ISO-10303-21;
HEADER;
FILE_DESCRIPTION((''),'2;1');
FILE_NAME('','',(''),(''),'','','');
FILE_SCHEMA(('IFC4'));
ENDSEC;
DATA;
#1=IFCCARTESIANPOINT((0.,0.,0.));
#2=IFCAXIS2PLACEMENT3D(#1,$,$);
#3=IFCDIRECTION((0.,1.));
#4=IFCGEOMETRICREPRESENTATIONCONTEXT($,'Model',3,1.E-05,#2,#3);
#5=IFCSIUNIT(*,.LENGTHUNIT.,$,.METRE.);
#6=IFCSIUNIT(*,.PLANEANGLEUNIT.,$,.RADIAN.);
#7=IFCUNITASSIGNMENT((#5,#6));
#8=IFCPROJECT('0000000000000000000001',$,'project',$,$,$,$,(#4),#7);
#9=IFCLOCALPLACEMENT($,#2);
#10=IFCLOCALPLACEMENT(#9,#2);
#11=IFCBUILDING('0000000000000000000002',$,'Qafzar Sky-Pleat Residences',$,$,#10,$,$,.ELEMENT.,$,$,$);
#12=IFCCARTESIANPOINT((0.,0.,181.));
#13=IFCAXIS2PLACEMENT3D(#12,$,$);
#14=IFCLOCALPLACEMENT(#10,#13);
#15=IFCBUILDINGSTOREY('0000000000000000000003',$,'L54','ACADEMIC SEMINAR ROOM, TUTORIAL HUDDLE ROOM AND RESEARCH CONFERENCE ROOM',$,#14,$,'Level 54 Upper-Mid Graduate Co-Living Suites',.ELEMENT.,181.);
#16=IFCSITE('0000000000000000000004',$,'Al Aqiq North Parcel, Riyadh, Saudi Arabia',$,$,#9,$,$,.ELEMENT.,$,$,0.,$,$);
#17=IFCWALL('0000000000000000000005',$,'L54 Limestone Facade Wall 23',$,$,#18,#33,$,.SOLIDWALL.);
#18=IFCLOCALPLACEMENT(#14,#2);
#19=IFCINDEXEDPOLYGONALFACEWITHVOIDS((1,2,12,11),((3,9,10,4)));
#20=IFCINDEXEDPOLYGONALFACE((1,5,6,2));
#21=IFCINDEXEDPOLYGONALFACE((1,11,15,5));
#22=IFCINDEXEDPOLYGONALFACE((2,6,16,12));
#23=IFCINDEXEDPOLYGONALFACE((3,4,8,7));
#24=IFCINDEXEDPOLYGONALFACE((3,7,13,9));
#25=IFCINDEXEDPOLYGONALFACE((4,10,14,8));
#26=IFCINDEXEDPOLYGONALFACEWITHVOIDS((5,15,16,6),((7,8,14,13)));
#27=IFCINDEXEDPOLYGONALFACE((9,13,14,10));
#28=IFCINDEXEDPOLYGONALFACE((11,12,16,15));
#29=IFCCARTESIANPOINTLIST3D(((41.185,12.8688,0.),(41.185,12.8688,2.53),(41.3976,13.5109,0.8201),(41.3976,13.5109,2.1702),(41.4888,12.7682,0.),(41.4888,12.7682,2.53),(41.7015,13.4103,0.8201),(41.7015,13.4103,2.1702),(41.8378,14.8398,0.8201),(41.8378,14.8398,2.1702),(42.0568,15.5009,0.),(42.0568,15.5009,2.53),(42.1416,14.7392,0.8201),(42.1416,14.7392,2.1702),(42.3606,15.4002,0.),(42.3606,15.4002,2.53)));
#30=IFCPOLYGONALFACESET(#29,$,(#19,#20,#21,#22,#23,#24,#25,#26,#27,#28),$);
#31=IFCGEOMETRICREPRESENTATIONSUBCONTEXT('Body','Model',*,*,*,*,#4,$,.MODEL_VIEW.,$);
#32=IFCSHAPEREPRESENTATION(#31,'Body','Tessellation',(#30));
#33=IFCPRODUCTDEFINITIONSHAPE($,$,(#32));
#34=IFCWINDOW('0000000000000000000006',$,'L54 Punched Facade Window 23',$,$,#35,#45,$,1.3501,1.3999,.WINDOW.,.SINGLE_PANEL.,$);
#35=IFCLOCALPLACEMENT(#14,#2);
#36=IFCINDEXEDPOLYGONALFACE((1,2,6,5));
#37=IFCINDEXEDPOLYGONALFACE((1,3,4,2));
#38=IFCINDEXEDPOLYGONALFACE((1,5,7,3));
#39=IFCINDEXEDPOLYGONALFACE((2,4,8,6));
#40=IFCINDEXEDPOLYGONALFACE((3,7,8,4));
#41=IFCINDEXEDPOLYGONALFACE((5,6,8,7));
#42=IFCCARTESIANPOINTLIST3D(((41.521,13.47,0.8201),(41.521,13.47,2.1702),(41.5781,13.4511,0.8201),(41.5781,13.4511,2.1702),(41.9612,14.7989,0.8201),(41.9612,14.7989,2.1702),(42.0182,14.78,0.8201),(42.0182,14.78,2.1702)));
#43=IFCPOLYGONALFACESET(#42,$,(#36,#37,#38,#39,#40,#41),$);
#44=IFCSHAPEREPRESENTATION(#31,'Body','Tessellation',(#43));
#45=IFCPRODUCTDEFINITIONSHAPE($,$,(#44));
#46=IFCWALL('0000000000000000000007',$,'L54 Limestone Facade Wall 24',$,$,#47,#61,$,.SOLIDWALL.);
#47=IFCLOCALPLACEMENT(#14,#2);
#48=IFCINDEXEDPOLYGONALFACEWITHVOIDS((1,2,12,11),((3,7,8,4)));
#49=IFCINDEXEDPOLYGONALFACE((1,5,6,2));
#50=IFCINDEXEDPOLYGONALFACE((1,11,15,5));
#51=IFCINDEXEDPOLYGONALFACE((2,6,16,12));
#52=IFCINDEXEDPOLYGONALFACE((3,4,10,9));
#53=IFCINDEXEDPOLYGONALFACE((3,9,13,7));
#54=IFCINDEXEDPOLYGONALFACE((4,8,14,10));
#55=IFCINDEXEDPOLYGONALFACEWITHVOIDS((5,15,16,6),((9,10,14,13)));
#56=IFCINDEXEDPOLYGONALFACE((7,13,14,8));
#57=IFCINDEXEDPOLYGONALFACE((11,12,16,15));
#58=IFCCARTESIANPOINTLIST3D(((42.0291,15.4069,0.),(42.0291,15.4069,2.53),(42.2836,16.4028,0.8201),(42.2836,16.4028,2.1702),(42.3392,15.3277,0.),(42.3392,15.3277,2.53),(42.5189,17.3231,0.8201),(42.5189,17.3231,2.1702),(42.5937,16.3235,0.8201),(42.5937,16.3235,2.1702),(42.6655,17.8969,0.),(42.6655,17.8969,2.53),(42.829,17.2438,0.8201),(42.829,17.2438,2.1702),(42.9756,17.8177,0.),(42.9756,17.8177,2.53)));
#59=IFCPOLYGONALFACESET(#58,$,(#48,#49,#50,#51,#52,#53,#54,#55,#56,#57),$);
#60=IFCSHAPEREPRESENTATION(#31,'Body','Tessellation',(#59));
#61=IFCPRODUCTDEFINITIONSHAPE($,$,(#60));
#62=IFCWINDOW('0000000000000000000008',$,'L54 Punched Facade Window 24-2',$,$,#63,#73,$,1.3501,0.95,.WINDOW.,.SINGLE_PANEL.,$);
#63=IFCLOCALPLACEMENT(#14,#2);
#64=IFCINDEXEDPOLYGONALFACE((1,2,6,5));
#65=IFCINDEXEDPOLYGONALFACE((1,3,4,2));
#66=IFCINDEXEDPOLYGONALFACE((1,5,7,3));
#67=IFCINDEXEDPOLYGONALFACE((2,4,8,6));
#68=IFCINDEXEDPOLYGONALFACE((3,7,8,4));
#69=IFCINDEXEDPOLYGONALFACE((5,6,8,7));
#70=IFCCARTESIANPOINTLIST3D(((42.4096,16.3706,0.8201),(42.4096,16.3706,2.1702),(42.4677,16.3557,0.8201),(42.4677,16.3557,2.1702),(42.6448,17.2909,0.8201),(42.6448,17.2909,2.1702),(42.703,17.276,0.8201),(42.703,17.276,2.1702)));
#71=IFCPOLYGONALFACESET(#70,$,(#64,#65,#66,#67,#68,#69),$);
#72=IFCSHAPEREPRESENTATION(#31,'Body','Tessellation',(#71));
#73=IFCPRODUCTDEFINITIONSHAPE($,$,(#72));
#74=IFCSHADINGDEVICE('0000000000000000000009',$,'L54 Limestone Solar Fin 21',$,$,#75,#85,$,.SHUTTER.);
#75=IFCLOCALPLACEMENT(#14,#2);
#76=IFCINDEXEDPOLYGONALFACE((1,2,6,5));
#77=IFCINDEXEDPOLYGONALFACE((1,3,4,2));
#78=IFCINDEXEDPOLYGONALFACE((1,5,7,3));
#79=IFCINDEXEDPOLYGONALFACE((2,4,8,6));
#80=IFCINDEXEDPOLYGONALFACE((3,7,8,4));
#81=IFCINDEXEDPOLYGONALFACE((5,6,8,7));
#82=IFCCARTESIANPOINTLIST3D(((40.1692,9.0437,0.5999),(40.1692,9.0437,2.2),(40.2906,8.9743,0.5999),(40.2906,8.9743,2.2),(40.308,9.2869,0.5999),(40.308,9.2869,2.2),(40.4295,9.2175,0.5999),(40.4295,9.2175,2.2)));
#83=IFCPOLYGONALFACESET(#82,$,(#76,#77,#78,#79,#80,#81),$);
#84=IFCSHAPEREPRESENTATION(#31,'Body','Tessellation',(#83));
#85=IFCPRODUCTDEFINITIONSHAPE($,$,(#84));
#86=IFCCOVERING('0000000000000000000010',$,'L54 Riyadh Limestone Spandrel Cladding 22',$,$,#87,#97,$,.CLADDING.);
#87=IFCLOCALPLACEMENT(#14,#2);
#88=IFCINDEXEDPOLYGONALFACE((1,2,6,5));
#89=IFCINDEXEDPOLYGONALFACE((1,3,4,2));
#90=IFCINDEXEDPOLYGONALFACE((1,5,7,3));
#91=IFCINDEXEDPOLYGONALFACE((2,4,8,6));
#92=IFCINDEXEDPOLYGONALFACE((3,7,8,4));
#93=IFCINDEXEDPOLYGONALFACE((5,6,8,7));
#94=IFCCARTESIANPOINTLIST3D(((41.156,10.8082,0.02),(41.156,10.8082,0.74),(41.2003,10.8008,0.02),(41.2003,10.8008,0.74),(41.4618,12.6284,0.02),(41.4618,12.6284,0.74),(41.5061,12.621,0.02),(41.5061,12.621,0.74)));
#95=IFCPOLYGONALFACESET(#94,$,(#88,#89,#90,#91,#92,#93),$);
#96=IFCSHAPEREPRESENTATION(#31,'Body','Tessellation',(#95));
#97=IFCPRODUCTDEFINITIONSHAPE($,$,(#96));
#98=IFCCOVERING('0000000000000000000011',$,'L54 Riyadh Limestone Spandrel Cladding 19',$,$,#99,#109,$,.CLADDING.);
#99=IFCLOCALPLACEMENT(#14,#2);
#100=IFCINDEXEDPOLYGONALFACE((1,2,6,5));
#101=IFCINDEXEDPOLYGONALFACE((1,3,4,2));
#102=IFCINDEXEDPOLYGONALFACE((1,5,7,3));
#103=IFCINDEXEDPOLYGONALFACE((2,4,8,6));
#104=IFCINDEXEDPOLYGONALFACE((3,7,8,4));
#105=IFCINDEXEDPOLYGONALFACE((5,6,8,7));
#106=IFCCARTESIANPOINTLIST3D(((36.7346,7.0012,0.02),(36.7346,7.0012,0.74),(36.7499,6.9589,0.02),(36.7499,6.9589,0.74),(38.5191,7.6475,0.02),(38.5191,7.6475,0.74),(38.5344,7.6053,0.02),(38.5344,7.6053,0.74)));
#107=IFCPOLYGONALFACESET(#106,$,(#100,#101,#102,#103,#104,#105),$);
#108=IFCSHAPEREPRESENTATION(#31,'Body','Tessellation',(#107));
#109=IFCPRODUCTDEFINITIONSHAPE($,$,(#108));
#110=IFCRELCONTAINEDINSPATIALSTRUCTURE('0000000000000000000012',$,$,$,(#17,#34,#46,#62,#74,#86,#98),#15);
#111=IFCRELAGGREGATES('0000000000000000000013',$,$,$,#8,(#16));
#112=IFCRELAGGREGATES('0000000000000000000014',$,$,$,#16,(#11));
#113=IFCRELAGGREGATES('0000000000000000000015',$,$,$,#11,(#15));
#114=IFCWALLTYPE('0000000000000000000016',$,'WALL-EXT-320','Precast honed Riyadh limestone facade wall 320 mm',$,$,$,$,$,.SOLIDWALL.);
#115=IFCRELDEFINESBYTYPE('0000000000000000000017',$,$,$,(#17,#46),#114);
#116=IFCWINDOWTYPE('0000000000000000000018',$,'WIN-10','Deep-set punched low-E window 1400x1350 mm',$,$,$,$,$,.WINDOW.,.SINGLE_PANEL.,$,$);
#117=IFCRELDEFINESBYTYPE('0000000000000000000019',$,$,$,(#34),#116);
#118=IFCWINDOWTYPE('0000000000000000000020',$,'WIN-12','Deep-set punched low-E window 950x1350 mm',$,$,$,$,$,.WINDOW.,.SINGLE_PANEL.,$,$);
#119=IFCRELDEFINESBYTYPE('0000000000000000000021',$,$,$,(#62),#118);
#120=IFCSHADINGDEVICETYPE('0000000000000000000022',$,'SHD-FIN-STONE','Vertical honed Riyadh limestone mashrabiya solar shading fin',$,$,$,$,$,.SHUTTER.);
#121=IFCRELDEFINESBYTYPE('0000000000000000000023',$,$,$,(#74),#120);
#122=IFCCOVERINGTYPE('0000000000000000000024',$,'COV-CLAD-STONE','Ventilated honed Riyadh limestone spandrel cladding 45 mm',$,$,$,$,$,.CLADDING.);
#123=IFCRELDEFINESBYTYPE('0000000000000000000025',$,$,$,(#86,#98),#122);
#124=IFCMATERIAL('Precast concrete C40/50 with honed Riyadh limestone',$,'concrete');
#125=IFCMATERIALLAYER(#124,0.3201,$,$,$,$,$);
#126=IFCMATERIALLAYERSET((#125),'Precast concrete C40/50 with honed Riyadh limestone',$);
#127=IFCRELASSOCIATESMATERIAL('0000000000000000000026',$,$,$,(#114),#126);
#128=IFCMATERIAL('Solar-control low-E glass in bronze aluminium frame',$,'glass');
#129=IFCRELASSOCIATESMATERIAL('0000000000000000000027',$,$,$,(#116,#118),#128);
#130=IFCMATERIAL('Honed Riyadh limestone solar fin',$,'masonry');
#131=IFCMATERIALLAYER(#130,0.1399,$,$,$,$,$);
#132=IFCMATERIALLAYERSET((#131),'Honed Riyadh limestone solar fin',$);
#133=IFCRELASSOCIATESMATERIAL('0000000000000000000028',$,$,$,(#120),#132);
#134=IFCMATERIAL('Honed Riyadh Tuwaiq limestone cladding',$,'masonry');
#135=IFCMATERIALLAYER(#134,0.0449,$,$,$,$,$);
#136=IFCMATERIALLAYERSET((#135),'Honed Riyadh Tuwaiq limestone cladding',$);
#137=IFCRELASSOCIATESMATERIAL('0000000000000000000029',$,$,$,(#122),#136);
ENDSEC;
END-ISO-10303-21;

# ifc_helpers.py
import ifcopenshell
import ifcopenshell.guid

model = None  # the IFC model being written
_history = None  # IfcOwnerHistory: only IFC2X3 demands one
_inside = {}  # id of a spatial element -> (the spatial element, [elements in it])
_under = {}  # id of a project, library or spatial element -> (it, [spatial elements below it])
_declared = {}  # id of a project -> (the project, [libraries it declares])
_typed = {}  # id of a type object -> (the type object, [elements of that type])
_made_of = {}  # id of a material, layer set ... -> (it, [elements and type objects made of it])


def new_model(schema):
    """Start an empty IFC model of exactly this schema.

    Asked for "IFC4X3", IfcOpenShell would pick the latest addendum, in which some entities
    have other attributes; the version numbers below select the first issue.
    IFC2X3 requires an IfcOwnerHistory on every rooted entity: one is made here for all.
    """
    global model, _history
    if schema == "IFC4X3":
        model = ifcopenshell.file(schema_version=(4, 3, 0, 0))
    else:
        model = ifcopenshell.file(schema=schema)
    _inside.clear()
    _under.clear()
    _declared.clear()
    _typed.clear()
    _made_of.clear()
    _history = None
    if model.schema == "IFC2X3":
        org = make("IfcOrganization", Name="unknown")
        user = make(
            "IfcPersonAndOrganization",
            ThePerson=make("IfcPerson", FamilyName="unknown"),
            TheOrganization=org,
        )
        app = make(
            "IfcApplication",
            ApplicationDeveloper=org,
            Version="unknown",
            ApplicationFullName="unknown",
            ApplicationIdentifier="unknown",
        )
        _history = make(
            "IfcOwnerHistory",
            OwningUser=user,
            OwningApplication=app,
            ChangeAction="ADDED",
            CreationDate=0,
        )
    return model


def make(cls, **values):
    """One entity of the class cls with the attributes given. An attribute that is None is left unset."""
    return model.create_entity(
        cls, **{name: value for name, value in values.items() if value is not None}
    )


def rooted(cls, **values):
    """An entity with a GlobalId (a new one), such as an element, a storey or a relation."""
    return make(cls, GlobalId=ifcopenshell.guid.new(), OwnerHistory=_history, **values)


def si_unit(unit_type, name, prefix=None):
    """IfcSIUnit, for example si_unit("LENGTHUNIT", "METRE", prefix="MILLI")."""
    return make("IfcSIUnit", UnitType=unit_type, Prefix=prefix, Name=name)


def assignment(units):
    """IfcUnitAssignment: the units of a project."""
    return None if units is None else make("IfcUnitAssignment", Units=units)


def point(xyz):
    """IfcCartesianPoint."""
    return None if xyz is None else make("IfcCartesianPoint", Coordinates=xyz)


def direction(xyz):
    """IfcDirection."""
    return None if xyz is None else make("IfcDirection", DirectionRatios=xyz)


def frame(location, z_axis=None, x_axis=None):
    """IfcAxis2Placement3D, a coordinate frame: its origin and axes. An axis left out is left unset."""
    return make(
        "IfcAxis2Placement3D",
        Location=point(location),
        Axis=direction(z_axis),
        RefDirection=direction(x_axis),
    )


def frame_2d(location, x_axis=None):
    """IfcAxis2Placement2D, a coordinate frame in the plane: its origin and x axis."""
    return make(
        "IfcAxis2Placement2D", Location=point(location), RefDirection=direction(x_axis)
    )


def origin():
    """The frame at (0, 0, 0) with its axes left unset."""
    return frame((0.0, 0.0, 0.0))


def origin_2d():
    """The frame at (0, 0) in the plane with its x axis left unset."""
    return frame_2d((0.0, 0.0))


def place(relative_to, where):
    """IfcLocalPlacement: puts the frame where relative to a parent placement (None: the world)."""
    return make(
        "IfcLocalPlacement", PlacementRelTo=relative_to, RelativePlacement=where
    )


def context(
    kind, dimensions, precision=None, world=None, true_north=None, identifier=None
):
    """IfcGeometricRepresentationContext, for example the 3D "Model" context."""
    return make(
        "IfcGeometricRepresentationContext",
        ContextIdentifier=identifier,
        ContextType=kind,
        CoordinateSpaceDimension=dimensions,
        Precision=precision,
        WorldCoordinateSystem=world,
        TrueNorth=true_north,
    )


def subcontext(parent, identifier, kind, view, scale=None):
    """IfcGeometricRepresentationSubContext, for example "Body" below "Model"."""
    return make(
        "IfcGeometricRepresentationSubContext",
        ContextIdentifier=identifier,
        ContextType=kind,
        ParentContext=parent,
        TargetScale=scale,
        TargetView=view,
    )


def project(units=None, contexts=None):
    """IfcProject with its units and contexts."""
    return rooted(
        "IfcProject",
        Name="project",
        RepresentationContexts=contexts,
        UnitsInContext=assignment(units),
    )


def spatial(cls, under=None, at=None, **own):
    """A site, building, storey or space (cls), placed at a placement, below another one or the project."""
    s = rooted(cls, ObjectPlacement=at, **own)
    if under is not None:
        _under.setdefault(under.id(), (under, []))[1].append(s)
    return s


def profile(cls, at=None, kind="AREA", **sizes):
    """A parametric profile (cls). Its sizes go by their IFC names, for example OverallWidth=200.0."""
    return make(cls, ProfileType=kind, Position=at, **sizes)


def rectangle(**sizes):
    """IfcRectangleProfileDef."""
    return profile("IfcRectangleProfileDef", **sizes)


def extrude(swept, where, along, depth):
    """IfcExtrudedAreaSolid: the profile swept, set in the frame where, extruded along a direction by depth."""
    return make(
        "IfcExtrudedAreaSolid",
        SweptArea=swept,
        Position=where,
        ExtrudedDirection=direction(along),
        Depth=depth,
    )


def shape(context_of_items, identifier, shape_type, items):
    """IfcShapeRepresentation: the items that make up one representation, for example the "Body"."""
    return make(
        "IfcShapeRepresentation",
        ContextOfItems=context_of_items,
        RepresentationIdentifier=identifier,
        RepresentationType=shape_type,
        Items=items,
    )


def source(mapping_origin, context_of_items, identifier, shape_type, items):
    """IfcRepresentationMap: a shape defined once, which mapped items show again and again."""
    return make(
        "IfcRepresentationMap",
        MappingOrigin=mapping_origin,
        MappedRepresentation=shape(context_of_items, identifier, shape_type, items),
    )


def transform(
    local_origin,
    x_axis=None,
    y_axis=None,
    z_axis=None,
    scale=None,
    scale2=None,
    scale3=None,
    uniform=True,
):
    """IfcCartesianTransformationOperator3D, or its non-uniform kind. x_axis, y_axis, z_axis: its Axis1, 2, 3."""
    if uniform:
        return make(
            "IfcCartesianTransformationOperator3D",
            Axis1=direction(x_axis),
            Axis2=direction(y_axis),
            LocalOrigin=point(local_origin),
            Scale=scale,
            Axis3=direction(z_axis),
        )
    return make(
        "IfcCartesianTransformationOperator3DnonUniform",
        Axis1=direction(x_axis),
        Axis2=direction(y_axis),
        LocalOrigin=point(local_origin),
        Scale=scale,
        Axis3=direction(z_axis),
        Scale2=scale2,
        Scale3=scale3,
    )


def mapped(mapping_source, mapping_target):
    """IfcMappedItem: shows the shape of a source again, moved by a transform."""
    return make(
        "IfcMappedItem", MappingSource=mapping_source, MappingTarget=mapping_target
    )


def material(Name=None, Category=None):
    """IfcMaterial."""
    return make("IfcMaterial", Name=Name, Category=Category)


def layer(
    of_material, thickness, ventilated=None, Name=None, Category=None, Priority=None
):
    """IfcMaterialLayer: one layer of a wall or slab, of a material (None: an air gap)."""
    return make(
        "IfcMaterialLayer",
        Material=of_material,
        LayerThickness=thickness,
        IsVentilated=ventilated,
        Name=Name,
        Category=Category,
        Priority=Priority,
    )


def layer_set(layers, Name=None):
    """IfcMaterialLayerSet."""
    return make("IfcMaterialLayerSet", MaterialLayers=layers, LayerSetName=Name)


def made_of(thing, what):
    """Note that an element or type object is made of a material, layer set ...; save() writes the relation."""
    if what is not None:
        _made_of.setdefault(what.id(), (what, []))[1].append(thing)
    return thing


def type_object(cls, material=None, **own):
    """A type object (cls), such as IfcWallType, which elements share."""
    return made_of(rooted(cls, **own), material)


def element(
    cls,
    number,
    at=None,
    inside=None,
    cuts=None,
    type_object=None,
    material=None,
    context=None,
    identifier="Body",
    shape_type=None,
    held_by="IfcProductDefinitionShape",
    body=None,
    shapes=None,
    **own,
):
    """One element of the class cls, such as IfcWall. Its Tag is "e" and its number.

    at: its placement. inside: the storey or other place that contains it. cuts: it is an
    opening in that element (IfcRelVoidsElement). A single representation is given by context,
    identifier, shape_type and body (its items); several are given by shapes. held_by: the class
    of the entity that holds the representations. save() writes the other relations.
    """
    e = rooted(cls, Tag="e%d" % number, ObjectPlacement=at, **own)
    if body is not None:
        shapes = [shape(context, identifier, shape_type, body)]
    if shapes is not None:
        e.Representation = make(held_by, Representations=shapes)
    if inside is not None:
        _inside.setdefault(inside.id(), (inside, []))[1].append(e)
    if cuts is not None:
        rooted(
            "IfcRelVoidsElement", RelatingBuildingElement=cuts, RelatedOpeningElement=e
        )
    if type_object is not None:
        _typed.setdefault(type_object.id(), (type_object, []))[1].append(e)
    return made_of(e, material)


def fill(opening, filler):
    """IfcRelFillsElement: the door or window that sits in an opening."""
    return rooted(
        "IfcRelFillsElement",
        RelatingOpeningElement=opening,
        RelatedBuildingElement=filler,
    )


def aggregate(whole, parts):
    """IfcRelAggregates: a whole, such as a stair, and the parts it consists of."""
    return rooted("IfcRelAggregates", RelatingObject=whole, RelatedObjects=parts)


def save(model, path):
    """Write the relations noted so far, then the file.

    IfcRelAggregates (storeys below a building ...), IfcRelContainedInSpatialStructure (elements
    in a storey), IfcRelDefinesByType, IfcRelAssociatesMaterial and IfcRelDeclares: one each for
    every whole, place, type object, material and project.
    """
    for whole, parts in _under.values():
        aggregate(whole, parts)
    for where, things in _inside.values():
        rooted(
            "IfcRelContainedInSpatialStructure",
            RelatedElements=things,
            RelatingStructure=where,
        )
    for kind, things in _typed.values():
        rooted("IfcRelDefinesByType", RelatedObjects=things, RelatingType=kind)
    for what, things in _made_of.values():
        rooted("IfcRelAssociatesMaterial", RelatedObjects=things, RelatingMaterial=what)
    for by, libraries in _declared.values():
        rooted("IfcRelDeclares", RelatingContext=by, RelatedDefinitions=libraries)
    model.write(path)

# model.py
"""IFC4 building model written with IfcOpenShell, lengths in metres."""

from ifc_helpers import new_model, si_unit, direction, frame, frame_2d, origin, origin_2d, place, context, subcontext, project, spatial, rectangle, extrude, source, transform, mapped, material, layer, layer_set, type_object, element, fill, save


model = new_model("IFC4")

# Units and contexts
model_context = context("Model", 3, precision=1e-05, world=origin(), true_north=direction((0.0, 1.0)))
body_context = subcontext(model_context, "Body", "Model", "MODEL_VIEW")
ifc_project = project(units=[si_unit("LENGTHUNIT", "METRE"), si_unit("PLANEANGLEUNIT", "RADIAN")], contexts=[model_context])

# Site, building, storey
site_placement = place(None, origin())
site = spatial("IfcSite", under=ifc_project, at=site_placement, Name="Al Aqiq North Parcel, Riyadh, Saudi Arabia", CompositionType="ELEMENT", RefElevation=0.0)
building_placement = place(site_placement, origin())
building = spatial("IfcBuilding", under=site, at=building_placement, Name="Qafzar Sky-Pleat Residences", CompositionType="ELEMENT")
storey_placement = place(building_placement, frame((0.0, 0.0, 181.0)))
storey = spatial("IfcBuildingStorey", under=building, at=storey_placement, Name="L54", Description="ACADEMIC SEMINAR ROOM, TUTORIAL HUDDLE ROOM AND RESEARCH CONFERENCE ROOM", LongName="Level 54 Upper-Mid Graduate Co-Living Suites", CompositionType="ELEMENT", Elevation=181.0)

# Walls, openings, windows
ifc_material_1 = material(Name="Precast concrete C40/50 with honed Riyadh limestone", Category="concrete")
ifc_layer_1 = layer(ifc_material_1, 0.3201)
ifc_layer_set_1 = layer_set([ifc_layer_1], Name="Precast concrete C40/50 with honed Riyadh limestone")
wall_type = type_object("IfcWallType", Name="WALL-EXT-320", Description="Precast honed Riyadh limestone facade wall 320 mm", PredefinedType="SOLIDWALL", material=ifc_layer_set_1)
ifc_material_2 = material(Name="Solar-control low-E glass in bronze aluminium frame", Category="glass")
wall_1_placement = place(storey_placement, frame((41.3369, 12.8186, 0.0), z_axis=(0.0, 0.0, 1.0), x_axis=(0.314431, 0.94928, 0.0)))
wall_1 = element("IfcWall", 1, at=wall_1_placement, inside=storey, type_object=wall_type, Name="L54 Limestone Facade Wall 23", PredefinedType="SOLIDWALL", context=body_context, shape_type="SweptSolid", body=[
    extrude(rectangle(XDim=2.7727, YDim=0.3201, at=frame_2d((1.3862, 0.0))), origin(), (0.0, 0.0, 1.0), 2.53),
])
opening_1_placement = place(wall_1_placement, frame((0.6763, 0.0, 0.8201)))
opening_1 = element("IfcOpeningElement", 2, at=opening_1_placement, cuts=wall_1, PredefinedType="OPENING", context=body_context, shape_type="SweptSolid", body=[
    extrude(rectangle(XDim=1.3999, YDim=1.3501, at=frame_2d((0.7, 0.675))), frame((0.0, 0.1699, 0.0), z_axis=(0.0, -1.0, 0.0), x_axis=(1.0, 0.0, 0.0)), (0.0, 0.0, 1.0), 0.3401),
])
window_type_1 = type_object("IfcWindowType", Name="WIN-10", Description="Deep-set punched low-E window 1400x1350 mm", PartitioningType="SINGLE_PANEL", PredefinedType="WINDOW", material=ifc_material_2)
shared_shape_1 = source(origin(), body_context, "Body", "SweptSolid", [
    extrude(rectangle(XDim=1.3999, YDim=1.3501, at=frame_2d((0.7, 0.675))), frame((0.0, 0.03, 0.0), z_axis=(0.0, -1.0, 0.0), x_axis=(1.0, 0.0, 0.0)), (0.0, 0.0, 1.0), 0.0601),
])
window_1_placement = place(opening_1_placement, origin())
window_1 = element("IfcWindow", 3, at=window_1_placement, inside=storey, type_object=window_type_1, Name="L54 Punched Facade Window 23", OverallHeight=1.3501, OverallWidth=1.3999, PartitioningType="SINGLE_PANEL", PredefinedType="WINDOW", context=body_context, shape_type="MappedRepresentation", body=[
    mapped(shared_shape_1, transform((0.0, 0.0, 0.0), x_axis=(1.0, 0.0, 0.0), y_axis=(0.0, 1.0, 0.0), z_axis=(0.0, 0.0, 1.0), scale=1.0)),
])
fill(opening_1, window_1)
wall_2_placement = place(storey_placement, frame((42.1841, 15.3672, 0.0), z_axis=(0.0, 0.0, 1.0), x_axis=(0.247651, 0.968849, 0.0)))
wall_2 = element("IfcWall", 4, at=wall_2_placement, inside=storey, type_object=wall_type, Name="L54 Limestone Facade Wall 24", PredefinedType="SOLIDWALL", context=body_context, shape_type="SweptSolid", body=[
    extrude(rectangle(XDim=2.5701, YDim=0.3201, at=frame_2d((1.2852, 0.0))), origin(), (0.0, 0.0, 1.0), 2.53),
])
opening_2_placement = place(wall_2_placement, frame((1.0278, 0.0, 0.8201)))
opening_2 = element("IfcOpeningElement", 5, at=opening_2_placement, cuts=wall_2, PredefinedType="OPENING", context=body_context, shape_type="SweptSolid", body=[
    extrude(rectangle(XDim=0.95, YDim=1.3501, at=frame_2d((0.4751, 0.675))), frame((0.0, 0.1699, 0.0), z_axis=(0.0, -1.0, 0.0), x_axis=(1.0, 0.0, 0.0)), (0.0, 0.0, 1.0), 0.3401),
])
window_type_2 = type_object("IfcWindowType", Name="WIN-12", Description="Deep-set punched low-E window 950x1350 mm", PartitioningType="SINGLE_PANEL", PredefinedType="WINDOW", material=ifc_material_2)
shared_shape_2 = source(origin(), body_context, "Body", "SweptSolid", [
    extrude(rectangle(XDim=0.95, YDim=1.3501, at=frame_2d((0.4751, 0.675))), frame((0.0, 0.03, 0.0), z_axis=(0.0, -1.0, 0.0), x_axis=(1.0, 0.0, 0.0)), (0.0, 0.0, 1.0), 0.0601),
])
window_2_placement = place(opening_2_placement, origin())
window_2 = element("IfcWindow", 6, at=window_2_placement, inside=storey, type_object=window_type_2, Name="L54 Punched Facade Window 24-2", OverallHeight=1.3501, OverallWidth=0.95, PartitioningType="SINGLE_PANEL", PredefinedType="WINDOW", context=body_context, shape_type="MappedRepresentation", body=[
    mapped(shared_shape_2, transform((0.0, 0.0, 0.0), x_axis=(1.0, 0.0, 0.0), y_axis=(0.0, 1.0, 0.0), z_axis=(0.0, 0.0, 1.0), scale=1.0)),
])
fill(opening_2, window_2)

# Shading device
ifc_material_3 = material(Name="Honed Riyadh limestone solar fin", Category="masonry")
ifc_layer_2 = layer(ifc_material_3, 0.1399)
ifc_layer_set_2 = layer_set([ifc_layer_2], Name="Honed Riyadh limestone solar fin")
shading_device_type = type_object("IfcShadingDeviceType", Name="SHD-FIN-STONE", Description="Vertical honed Riyadh limestone mashrabiya solar shading fin", PredefinedType="SHUTTER", material=ifc_layer_set_2)
shared_shape_3 = source(origin(), body_context, "Body", "SweptSolid", [
    extrude(rectangle(XDim=0.1399, YDim=0.28, at=origin_2d()), origin(), (0.0, 0.0, 1.0), 1.6001),
])
shading_device_placement = place(storey_placement, frame((40.2993, 9.1306, 0.5999), z_axis=(0.0, 0.0, 1.0), x_axis=(0.868455, -0.495768, 0.0)))
element("IfcShadingDevice", 7, at=shading_device_placement, inside=storey, type_object=shading_device_type, Name="L54 Limestone Solar Fin 21", PredefinedType="SHUTTER", context=body_context, shape_type="MappedRepresentation", body=[
    mapped(shared_shape_3, transform((0.0, 0.0, 0.0), x_axis=(1.0, 0.0, 0.0), y_axis=(0.0, 1.0, 0.0), z_axis=(0.0, 0.0, 1.0), scale=1.0)),
])

# Coverings
ifc_material_4 = material(Name="Honed Riyadh Tuwaiq limestone cladding", Category="masonry")
ifc_layer_3 = layer(ifc_material_4, 0.0449)
ifc_layer_set_3 = layer_set([ifc_layer_3], Name="Honed Riyadh Tuwaiq limestone cladding")
covering_type = type_object("IfcCoveringType", Name="COV-CLAD-STONE", Description="Ventilated honed Riyadh limestone spandrel cladding 45 mm", PredefinedType="CLADDING", material=ifc_layer_set_3)
shared_shape_4 = source(origin(), body_context, "Body", "SweptSolid", [
    extrude(rectangle(XDim=1.8457, YDim=0.0449, at=origin_2d()), origin(), (0.0, 0.0, 1.0), 0.72),
])
covering_1_placement = place(storey_placement, frame((41.3311, 11.7146, 0.02), z_axis=(0.0, 0.0, 1.0), x_axis=(0.165688, 0.986178, 0.0)))
element("IfcCovering", 8, at=covering_1_placement, inside=storey, type_object=covering_type, Name="L54 Riyadh Limestone Spandrel Cladding 22", PredefinedType="CLADDING", context=body_context, shape_type="MappedRepresentation", body=[
    mapped(shared_shape_4, transform((0.0, 0.0, 0.0), x_axis=(1.0, 0.0, 0.0), y_axis=(0.0, 1.0, 0.0), z_axis=(0.0, 0.0, 1.0), scale=1.0)),
])
shared_shape_5 = source(origin(), body_context, "Body", "SweptSolid", [
    extrude(rectangle(XDim=1.8979, YDim=0.0449, at=origin_2d()), origin(), (0.0, 0.0, 1.0), 0.72),
])
covering_2_placement = place(storey_placement, frame((37.6345, 7.3032, 0.02), z_axis=(0.0, 0.0, 1.0), x_axis=(0.940232, 0.340536, 0.0)))
element("IfcCovering", 9, at=covering_2_placement, inside=storey, type_object=covering_type, Name="L54 Riyadh Limestone Spandrel Cladding 19", PredefinedType="CLADDING", context=body_context, shape_type="MappedRepresentation", body=[
    mapped(shared_shape_5, transform((0.0, 0.0, 0.0), x_axis=(1.0, 0.0, 0.0), y_axis=(0.0, 1.0, 0.0), z_axis=(0.0, 0.0, 1.0), scale=1.0)),
])

save(model, "model.ifc")
